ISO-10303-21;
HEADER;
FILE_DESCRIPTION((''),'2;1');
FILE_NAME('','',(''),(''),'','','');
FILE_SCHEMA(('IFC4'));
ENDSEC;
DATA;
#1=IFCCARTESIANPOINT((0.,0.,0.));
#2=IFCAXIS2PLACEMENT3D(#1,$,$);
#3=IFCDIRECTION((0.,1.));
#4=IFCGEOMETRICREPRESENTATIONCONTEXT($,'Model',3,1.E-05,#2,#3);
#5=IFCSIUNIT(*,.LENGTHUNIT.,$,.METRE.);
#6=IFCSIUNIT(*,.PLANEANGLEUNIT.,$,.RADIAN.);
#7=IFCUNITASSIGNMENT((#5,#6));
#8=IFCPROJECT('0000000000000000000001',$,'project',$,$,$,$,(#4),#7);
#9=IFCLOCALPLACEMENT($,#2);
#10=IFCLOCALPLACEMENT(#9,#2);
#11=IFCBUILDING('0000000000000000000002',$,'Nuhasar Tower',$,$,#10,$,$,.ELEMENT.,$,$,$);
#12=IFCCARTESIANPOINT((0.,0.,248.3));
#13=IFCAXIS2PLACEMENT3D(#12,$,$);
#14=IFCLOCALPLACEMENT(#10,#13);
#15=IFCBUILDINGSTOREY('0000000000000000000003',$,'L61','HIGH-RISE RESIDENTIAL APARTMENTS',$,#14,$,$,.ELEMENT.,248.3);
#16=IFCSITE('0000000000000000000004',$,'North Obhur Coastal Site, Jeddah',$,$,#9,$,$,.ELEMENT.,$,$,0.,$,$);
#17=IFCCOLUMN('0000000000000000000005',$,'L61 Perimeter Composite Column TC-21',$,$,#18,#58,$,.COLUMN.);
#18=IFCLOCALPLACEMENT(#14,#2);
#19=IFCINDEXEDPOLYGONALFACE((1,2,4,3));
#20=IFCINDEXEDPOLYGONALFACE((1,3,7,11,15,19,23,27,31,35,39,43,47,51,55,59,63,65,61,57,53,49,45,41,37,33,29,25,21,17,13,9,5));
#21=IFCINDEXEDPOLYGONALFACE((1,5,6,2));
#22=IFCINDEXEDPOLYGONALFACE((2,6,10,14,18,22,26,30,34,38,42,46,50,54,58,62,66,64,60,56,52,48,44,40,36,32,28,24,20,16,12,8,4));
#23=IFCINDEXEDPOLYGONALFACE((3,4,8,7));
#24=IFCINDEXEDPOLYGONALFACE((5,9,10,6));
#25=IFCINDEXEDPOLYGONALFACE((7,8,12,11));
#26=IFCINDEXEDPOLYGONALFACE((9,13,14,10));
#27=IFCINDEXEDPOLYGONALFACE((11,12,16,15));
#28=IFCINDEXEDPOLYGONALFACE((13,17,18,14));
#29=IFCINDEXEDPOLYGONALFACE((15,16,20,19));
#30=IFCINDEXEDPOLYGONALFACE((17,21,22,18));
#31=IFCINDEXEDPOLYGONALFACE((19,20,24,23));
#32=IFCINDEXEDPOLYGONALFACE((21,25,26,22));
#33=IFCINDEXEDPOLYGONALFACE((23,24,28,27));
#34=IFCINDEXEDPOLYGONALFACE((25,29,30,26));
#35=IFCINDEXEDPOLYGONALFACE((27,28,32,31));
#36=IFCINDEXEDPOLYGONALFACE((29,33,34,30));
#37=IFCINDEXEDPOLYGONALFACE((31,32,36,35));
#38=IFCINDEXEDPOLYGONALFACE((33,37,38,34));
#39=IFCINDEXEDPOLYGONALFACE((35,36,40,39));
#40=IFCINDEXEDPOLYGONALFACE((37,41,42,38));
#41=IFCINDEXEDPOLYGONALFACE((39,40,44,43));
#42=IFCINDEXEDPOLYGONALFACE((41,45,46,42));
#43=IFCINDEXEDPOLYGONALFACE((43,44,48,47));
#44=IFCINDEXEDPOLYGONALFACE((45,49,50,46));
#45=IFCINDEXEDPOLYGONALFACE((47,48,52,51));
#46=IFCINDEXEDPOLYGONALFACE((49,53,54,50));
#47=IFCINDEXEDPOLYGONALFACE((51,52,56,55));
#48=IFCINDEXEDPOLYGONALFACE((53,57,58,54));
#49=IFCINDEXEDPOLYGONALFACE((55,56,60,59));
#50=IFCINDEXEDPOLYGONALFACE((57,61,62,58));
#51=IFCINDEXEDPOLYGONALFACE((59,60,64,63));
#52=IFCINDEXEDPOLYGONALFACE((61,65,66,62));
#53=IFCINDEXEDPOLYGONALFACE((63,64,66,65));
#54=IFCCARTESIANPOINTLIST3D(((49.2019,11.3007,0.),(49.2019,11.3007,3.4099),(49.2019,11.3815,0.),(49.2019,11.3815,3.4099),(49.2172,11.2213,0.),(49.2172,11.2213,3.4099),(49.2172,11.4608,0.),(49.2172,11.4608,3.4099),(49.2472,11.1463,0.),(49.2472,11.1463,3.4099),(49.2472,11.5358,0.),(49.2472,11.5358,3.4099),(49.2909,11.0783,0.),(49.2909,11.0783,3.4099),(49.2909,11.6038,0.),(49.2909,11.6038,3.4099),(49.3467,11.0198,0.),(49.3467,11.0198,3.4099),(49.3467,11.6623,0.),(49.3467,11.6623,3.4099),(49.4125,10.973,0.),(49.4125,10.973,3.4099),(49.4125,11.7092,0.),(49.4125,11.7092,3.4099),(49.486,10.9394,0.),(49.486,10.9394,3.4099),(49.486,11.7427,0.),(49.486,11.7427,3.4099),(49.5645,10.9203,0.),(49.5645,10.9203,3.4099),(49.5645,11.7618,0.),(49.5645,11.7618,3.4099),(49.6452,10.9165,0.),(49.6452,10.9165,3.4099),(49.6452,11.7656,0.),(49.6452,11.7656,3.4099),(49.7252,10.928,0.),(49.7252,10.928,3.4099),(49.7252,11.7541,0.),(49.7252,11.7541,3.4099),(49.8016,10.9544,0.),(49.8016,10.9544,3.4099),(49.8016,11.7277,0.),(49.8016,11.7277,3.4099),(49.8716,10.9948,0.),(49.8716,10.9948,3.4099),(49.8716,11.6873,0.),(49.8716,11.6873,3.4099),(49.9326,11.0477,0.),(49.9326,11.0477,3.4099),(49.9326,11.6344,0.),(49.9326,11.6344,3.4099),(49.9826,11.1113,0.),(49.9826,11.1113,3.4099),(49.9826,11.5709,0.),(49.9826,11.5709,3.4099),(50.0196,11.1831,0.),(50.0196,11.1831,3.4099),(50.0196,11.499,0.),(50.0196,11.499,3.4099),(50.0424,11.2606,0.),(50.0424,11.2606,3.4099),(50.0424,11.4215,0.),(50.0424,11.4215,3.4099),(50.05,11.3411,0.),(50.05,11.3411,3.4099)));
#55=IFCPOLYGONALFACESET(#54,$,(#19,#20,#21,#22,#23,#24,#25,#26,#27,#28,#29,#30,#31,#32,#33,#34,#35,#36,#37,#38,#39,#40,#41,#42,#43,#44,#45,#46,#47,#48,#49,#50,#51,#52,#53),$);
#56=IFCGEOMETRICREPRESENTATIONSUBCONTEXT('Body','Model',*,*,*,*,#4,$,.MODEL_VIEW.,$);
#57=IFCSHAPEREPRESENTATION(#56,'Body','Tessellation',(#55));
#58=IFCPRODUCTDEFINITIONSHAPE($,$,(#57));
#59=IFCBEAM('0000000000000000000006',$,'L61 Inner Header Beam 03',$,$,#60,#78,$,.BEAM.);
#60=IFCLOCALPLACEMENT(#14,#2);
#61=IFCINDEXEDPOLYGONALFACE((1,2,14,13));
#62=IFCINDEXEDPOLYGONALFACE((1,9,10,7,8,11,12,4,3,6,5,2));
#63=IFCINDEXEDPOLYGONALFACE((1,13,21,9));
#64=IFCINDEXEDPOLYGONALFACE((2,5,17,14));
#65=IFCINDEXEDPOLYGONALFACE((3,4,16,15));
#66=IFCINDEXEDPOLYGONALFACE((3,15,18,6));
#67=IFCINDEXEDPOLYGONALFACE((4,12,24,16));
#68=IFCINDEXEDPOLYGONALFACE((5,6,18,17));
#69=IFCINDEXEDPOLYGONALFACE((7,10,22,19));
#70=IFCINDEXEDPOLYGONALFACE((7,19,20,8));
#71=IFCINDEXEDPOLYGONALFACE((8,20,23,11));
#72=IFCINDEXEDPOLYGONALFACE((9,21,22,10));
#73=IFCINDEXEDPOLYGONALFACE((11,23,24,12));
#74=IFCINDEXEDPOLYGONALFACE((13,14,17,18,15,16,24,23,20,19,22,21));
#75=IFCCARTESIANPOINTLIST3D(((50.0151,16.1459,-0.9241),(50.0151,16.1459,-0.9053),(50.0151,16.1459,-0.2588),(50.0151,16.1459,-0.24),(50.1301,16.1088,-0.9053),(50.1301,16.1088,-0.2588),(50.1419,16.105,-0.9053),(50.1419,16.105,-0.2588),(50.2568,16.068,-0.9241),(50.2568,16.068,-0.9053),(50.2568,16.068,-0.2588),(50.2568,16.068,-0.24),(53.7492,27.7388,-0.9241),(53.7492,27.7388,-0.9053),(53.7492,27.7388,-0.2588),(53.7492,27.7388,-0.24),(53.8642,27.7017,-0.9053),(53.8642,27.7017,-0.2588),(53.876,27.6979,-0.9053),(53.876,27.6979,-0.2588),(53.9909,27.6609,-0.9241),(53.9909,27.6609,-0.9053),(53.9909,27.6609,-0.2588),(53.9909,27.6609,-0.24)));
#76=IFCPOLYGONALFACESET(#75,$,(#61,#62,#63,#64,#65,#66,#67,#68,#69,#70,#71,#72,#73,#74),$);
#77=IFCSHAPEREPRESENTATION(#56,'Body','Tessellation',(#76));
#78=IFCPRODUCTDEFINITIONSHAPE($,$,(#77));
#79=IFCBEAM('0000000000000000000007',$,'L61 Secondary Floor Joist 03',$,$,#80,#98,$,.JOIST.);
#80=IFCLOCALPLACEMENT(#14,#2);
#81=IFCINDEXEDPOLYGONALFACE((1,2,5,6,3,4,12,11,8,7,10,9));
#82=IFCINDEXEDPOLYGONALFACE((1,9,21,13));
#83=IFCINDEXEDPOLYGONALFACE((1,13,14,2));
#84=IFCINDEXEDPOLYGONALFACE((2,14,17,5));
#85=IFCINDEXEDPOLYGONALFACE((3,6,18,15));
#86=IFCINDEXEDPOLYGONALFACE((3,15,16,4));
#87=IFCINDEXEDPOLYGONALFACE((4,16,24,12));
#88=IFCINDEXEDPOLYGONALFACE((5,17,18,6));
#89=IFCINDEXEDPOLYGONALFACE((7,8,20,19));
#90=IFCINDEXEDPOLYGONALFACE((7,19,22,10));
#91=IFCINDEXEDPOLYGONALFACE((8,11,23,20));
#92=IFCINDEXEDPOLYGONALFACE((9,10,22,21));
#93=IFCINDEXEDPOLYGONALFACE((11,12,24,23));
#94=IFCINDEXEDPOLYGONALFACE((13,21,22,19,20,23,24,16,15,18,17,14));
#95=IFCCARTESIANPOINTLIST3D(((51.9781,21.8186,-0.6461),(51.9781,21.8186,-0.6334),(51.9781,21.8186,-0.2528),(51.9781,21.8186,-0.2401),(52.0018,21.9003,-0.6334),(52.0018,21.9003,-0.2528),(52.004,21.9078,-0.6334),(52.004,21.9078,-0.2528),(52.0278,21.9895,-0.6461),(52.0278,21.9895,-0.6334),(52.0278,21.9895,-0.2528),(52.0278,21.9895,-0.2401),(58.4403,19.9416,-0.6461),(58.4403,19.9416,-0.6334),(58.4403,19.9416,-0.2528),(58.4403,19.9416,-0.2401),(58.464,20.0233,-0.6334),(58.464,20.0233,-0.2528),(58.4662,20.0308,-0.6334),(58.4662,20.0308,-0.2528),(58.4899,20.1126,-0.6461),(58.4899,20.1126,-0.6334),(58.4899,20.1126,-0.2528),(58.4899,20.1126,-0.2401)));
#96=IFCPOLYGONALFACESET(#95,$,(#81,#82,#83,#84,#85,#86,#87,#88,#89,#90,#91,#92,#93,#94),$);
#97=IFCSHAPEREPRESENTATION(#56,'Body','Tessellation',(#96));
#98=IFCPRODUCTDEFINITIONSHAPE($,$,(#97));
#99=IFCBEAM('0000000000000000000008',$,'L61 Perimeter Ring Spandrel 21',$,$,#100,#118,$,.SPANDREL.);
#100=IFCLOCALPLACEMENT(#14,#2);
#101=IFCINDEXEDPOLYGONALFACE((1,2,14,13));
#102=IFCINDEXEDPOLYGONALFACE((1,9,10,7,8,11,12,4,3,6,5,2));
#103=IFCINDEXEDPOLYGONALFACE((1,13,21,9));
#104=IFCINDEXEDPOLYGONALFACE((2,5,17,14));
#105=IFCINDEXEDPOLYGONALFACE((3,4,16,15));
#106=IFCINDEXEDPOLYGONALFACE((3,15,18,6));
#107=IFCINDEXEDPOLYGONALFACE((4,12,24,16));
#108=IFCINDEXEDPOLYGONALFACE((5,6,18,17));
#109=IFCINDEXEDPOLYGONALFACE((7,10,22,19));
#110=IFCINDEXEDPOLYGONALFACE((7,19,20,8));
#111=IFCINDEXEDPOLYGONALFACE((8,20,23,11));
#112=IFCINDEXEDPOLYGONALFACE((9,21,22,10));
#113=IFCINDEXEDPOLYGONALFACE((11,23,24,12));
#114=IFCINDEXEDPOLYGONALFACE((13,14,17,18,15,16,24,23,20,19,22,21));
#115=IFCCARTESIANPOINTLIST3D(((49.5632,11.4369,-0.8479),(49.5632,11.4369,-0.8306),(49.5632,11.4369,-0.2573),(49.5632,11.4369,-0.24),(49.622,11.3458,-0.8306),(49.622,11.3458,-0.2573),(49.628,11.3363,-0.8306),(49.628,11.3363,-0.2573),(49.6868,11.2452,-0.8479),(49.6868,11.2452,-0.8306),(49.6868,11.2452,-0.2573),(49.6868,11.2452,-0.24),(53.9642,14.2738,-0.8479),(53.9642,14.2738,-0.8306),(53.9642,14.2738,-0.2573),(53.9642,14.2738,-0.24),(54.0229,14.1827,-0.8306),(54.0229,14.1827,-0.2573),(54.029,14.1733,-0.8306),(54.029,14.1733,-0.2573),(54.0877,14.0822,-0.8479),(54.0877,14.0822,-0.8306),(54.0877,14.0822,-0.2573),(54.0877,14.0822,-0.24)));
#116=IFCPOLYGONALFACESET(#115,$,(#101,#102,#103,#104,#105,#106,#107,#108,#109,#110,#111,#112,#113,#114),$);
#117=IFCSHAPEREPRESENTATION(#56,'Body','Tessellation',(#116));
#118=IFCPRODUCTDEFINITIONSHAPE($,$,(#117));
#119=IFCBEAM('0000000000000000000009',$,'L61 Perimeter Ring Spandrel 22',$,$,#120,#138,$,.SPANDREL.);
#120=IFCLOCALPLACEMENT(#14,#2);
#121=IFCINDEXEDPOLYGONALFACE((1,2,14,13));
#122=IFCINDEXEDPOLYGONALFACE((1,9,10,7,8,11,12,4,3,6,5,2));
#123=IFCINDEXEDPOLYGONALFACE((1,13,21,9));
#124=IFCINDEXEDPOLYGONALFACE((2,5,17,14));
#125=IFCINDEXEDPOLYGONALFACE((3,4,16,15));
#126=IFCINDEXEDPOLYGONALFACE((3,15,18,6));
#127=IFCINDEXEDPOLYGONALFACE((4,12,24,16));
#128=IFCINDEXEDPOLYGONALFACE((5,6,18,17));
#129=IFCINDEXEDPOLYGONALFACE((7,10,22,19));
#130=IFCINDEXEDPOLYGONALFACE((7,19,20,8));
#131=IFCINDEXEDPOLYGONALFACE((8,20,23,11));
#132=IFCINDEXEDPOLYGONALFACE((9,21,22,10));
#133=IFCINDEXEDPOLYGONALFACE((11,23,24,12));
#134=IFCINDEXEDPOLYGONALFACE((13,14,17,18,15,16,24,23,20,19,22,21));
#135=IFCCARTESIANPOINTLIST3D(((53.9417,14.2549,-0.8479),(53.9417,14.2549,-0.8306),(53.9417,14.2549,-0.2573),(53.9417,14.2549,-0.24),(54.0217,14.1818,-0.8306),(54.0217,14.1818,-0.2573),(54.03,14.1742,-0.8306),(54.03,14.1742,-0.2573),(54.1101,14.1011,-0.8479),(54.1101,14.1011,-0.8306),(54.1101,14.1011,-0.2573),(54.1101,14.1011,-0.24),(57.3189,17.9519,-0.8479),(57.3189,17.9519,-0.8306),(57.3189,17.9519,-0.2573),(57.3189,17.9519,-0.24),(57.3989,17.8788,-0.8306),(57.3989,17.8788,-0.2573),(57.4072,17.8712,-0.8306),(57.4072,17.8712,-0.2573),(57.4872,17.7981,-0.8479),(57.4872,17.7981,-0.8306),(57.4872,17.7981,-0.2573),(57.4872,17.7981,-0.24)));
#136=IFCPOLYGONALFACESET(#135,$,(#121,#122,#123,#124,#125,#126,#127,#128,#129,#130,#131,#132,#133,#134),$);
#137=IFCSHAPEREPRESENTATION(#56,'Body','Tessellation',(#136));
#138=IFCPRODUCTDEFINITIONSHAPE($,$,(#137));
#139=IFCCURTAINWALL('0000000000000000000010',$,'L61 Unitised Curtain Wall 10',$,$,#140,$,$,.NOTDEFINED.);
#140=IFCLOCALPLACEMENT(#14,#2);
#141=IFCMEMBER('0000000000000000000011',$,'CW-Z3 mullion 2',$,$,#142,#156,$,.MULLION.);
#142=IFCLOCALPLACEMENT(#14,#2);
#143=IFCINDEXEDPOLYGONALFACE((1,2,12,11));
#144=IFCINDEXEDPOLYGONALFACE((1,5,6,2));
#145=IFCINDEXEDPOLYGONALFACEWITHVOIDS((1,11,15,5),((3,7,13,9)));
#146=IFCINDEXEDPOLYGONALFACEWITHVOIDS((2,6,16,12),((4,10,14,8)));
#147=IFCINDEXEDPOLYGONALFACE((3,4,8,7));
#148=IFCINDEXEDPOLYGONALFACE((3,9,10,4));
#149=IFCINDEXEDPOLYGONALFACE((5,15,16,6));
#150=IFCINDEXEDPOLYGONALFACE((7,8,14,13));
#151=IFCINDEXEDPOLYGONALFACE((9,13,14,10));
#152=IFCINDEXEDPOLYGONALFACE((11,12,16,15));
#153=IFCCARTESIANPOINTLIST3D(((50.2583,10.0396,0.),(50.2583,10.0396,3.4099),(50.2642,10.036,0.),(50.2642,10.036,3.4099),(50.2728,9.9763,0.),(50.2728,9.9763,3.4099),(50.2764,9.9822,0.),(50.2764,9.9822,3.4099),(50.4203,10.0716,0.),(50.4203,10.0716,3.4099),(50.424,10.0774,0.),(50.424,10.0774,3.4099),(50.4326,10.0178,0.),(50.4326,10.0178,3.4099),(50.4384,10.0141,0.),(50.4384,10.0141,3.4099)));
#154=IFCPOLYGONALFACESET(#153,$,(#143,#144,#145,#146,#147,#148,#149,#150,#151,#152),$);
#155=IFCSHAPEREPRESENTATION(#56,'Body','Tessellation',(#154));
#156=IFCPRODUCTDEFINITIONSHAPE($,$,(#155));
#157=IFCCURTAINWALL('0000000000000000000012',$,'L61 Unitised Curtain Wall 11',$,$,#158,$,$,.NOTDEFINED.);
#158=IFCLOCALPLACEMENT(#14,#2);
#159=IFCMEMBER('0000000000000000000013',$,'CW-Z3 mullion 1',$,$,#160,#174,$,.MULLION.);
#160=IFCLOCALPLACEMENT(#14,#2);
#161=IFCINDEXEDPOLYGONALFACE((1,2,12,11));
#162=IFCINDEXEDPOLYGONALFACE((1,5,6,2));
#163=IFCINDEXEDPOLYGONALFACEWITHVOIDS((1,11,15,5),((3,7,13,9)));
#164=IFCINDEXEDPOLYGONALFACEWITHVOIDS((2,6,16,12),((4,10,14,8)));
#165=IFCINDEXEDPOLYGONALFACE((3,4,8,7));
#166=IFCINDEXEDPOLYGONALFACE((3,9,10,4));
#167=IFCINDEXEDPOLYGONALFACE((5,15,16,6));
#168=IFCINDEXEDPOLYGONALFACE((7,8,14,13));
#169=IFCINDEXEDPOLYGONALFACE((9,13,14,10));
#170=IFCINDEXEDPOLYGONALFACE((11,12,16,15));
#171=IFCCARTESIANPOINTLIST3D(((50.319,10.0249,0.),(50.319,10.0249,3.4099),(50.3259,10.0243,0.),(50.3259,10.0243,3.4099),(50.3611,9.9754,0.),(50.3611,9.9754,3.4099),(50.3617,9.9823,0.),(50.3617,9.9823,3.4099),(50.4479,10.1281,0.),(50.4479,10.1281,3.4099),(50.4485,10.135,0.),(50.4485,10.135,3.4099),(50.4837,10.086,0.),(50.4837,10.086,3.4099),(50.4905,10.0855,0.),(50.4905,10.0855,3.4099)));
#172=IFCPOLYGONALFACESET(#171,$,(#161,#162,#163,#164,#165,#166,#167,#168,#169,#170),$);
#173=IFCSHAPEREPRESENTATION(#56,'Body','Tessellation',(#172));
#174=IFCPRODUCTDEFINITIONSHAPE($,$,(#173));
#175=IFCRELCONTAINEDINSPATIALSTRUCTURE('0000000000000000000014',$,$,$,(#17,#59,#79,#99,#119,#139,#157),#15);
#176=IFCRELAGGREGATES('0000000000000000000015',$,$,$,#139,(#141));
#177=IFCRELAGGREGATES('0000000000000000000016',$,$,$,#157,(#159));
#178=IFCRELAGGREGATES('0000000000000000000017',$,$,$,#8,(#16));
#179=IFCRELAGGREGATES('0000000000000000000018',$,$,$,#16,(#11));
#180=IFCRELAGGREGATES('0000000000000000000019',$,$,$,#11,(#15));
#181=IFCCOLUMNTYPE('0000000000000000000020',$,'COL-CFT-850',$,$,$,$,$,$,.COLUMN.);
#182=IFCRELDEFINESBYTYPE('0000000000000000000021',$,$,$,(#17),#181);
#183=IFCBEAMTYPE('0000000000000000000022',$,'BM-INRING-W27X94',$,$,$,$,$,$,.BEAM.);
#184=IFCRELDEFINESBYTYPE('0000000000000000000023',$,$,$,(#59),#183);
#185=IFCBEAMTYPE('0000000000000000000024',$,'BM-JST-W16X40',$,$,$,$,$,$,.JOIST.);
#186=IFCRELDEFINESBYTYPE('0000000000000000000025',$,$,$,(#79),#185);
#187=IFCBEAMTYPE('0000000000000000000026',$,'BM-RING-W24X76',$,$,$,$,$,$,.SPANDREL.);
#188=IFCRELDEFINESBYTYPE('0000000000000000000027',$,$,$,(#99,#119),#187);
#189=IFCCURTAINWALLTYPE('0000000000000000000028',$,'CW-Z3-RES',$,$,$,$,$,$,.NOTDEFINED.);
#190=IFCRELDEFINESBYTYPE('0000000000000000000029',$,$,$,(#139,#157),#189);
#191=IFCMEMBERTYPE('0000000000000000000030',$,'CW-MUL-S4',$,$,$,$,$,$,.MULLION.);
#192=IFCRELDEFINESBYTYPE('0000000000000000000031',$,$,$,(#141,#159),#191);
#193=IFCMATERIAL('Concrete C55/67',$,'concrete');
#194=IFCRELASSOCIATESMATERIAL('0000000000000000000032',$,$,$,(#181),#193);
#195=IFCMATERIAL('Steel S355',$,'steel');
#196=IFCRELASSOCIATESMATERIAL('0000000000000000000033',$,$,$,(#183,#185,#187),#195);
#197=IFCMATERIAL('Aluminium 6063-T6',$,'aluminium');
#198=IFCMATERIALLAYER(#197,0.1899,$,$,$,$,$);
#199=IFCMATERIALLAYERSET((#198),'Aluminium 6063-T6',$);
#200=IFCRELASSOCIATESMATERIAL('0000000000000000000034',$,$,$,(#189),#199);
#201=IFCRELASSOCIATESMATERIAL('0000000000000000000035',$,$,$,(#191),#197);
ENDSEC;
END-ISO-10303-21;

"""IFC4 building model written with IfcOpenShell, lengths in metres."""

from ifc_helpers import new_model, si_unit, direction, frame, origin, origin_2d, place, context, subcontext, project, spatial, hollow_rectangle, circle, i_section, extrude, material, layer, layer_set, material_profile, profile_set, type_object, element, aggregate, save


model = new_model("IFC4")

# Units and contexts
model_context = context("Model", 3, precision=1e-05, world=origin(), true_north=direction((0.0, 1.0)))
body_context = subcontext(model_context, "Body", "Model", "MODEL_VIEW")
ifc_project = project(units=[si_unit("LENGTHUNIT", "METRE"), si_unit("PLANEANGLEUNIT", "RADIAN")], contexts=[model_context])

# Site, building, storey
site_placement = place(None, origin())
site = spatial("IfcSite", under=ifc_project, at=site_placement, Name="North Obhur Coastal Site, Jeddah", CompositionType="ELEMENT", RefElevation=0.0)
building_placement = place(site_placement, origin())
building = spatial("IfcBuilding", under=site, at=building_placement, Name="Nuhasar Tower", CompositionType="ELEMENT")
storey_placement = place(building_placement, frame((0.0, 0.0, 248.3)))
storey = spatial("IfcBuildingStorey", under=building, at=storey_placement, Name="L61", Description="HIGH-RISE RESIDENTIAL APARTMENTS", CompositionType="ELEMENT", Elevation=248.3)

# Column
ifc_material_1 = material(Name="Concrete C55/67", Category="concrete")
ifc_material_profile_1 = material_profile(ifc_material_1, circle(Radius=0.425, at=origin_2d()), Name="CFT850")
ifc_profile_set_1 = profile_set([ifc_material_profile_1], Name="Concrete C55/67")
column_type = type_object("IfcColumnType", Name="COL-CFT-850", PredefinedType="COLUMN", material=ifc_profile_set_1)
column_placement = place(storey_placement, frame((49.625, 11.3411, 0.0), z_axis=(0.0, 0.0, 1.0), x_axis=(1.0, 0.0, 0.0)))
element("IfcColumn", 1, at=column_placement, inside=storey, type_object=column_type, Name="L61 Perimeter Composite Column TC-21", PredefinedType="COLUMN", context=body_context, shape_type="SweptSolid", body=[
    extrude(circle(Radius=0.425, at=origin_2d()), origin(), (0.0, 0.0, 1.0), 3.4099),
])

# Beams
ifc_material_2 = material(Name="Steel S355", Category="steel")
ifc_material_profile_2 = material_profile(ifc_material_2, i_section(OverallWidth=0.2539, OverallDepth=0.6841, WebThickness=0.0125, FlangeThickness=0.0188, at=origin_2d()), Name="W27X94")
ifc_profile_set_2 = profile_set([ifc_material_profile_2], Name="Steel S355")
beam_type_1 = type_object("IfcBeamType", Name="BM-INRING-W27X94", PredefinedType="BEAM", material=ifc_profile_set_2)
beam_1_placement = place(storey_placement, frame((50.136, 16.1069, -0.582), z_axis=(0.30659, 0.951842, 0.0), x_axis=(-0.951842, 0.30659, 0.0)))
element("IfcBeam", 2, at=beam_1_placement, inside=storey, type_object=beam_type_1, Name="L61 Inner Header Beam 03", PredefinedType="BEAM", context=body_context, shape_type="SweptSolid", body=[
    extrude(i_section(OverallWidth=0.2539, OverallDepth=0.6841, WebThickness=0.0125, FlangeThickness=0.0188, at=origin_2d()), origin(), (0.0, 0.0, 1.0), 12.1794),
])
ifc_material_profile_3 = material_profile(ifc_material_2, i_section(OverallWidth=0.178, OverallDepth=0.406, WebThickness=0.0078, FlangeThickness=0.0127, at=origin_2d()), Name="W16X40")
ifc_profile_set_3 = profile_set([ifc_material_profile_3], Name="Steel S355")
beam_type_2 = type_object("IfcBeamType", Name="BM-JST-W16X40", PredefinedType="JOIST", material=ifc_profile_set_3)
beam_2_placement = place(storey_placement, frame((52.0029, 21.9041, -0.4431), z_axis=(0.960313, -0.278926, 0.0), x_axis=(0.278926, 0.960313, 0.0)))
element("IfcBeam", 3, at=beam_2_placement, inside=storey, type_object=beam_type_2, Name="L61 Secondary Floor Joist 03", PredefinedType="JOIST", context=body_context, shape_type="SweptSolid", body=[
    extrude(i_section(OverallWidth=0.178, OverallDepth=0.406, WebThickness=0.0078, FlangeThickness=0.0127, at=origin_2d()), origin(), (0.0, 0.0, 1.0), 6.7292),
])
ifc_material_profile_4 = material_profile(ifc_material_2, i_section(OverallWidth=0.228, OverallDepth=0.6079, WebThickness=0.0112, FlangeThickness=0.0173, at=origin_2d()), Name="W24X76")
ifc_profile_set_4 = profile_set([ifc_material_profile_4], Name="Steel S355")
beam_type_3 = type_object("IfcBeamType", Name="BM-RING-W24X76", PredefinedType="SPANDREL", material=ifc_profile_set_4)
beam_3_placement = place(storey_placement, frame((49.625, 11.3411, -0.5439), z_axis=(0.840502, 0.541808, 0.0), x_axis=(-0.541808, 0.840502, 0.0)))
element("IfcBeam", 4, at=beam_3_placement, inside=storey, type_object=beam_type_3, Name="L61 Perimeter Ring Spandrel 21", PredefinedType="SPANDREL", context=body_context, shape_type="SweptSolid", body=[
    extrude(i_section(OverallWidth=0.228, OverallDepth=0.6079, WebThickness=0.0112, FlangeThickness=0.0173, at=origin_2d()), origin(), (0.0, 0.0, 1.0), 5.2361),
])
beam_4_placement = place(storey_placement, frame((54.0259, 14.178, -0.5439), z_axis=(0.67445, 0.738321, 0.0), x_axis=(-0.738321, 0.67445, 0.0)))
element("IfcBeam", 5, at=beam_4_placement, inside=storey, type_object=beam_type_3, Name="L61 Perimeter Ring Spandrel 22", PredefinedType="SPANDREL", context=body_context, shape_type="SweptSolid", body=[
    extrude(i_section(OverallWidth=0.228, OverallDepth=0.6079, WebThickness=0.0112, FlangeThickness=0.0173, at=origin_2d()), origin(), (0.0, 0.0, 1.0), 5.0073),
])

# Curtain wall, member
ifc_material_3 = material(Name="Aluminium 6063-T6", Category="aluminium")
ifc_layer_1 = layer(ifc_material_3, 0.1899)
ifc_layer_set_1 = layer_set([ifc_layer_1], Name="Aluminium 6063-T6")
curtain_wall_type = type_object("IfcCurtainWallType", Name="CW-Z3-RES", PredefinedType="NOTDEFINED", material=ifc_layer_set_1)
curtain_wall_1_placement = place(storey_placement, origin())
curtain_wall_1 = element("IfcCurtainWall", 6, at=curtain_wall_1_placement, inside=storey, type_object=curtain_wall_type, Name="L61 Unitised Curtain Wall 10", PredefinedType="NOTDEFINED")
ifc_material_profile_5 = material_profile(ifc_material_3, hollow_rectangle(XDim=0.0649, YDim=0.1699, WallThickness=0.0049, at=origin_2d()), Name="CWM-4")
ifc_profile_set_5 = profile_set([ifc_material_profile_5], Name="Aluminium 6063-T6")
member_type_1 = type_object("IfcMemberType", Name="CW-MUL-S4", PredefinedType="MULLION", material=ifc_profile_set_5)
member_1_placement = place(storey_placement, frame((50.3484, 10.0269, 0.0), z_axis=(0.0, 0.0, 1.0), x_axis=(-0.222243, 0.974991, 0.0)))
member_1 = element("IfcMember", 7, at=member_1_placement, type_object=member_type_1, Name="CW-Z3 mullion 2", PredefinedType="MULLION", context=body_context, shape_type="SweptSolid", body=[
    extrude(hollow_rectangle(XDim=0.0649, YDim=0.1699, WallThickness=0.0049, at=origin_2d()), origin(), (0.0, 0.0, 1.0), 3.4099),
])
aggregate(curtain_wall_1, [member_1])

# Curtain wall, member
curtain_wall_2_placement = place(storey_placement, origin())
curtain_wall_2 = element("IfcCurtainWall", 8, at=curtain_wall_2_placement, inside=storey, type_object=curtain_wall_type, Name="L61 Unitised Curtain Wall 11", PredefinedType="NOTDEFINED")
member_2_placement = place(storey_placement, frame((50.4048, 10.0552, 0.0), z_axis=(0.0, 0.0, 1.0), x_axis=(-0.647895, 0.761729, 0.0)))
member_2 = element("IfcMember", 9, at=member_2_placement, type_object=member_type_1, Name="CW-Z3 mullion 1", PredefinedType="MULLION", context=body_context, shape_type="SweptSolid", body=[
    extrude(hollow_rectangle(XDim=0.0649, YDim=0.1699, WallThickness=0.0049, at=origin_2d()), origin(), (0.0, 0.0, 1.0), 3.4099),
])
aggregate(curtain_wall_2, [member_2])

save(model, "model.ifc")
